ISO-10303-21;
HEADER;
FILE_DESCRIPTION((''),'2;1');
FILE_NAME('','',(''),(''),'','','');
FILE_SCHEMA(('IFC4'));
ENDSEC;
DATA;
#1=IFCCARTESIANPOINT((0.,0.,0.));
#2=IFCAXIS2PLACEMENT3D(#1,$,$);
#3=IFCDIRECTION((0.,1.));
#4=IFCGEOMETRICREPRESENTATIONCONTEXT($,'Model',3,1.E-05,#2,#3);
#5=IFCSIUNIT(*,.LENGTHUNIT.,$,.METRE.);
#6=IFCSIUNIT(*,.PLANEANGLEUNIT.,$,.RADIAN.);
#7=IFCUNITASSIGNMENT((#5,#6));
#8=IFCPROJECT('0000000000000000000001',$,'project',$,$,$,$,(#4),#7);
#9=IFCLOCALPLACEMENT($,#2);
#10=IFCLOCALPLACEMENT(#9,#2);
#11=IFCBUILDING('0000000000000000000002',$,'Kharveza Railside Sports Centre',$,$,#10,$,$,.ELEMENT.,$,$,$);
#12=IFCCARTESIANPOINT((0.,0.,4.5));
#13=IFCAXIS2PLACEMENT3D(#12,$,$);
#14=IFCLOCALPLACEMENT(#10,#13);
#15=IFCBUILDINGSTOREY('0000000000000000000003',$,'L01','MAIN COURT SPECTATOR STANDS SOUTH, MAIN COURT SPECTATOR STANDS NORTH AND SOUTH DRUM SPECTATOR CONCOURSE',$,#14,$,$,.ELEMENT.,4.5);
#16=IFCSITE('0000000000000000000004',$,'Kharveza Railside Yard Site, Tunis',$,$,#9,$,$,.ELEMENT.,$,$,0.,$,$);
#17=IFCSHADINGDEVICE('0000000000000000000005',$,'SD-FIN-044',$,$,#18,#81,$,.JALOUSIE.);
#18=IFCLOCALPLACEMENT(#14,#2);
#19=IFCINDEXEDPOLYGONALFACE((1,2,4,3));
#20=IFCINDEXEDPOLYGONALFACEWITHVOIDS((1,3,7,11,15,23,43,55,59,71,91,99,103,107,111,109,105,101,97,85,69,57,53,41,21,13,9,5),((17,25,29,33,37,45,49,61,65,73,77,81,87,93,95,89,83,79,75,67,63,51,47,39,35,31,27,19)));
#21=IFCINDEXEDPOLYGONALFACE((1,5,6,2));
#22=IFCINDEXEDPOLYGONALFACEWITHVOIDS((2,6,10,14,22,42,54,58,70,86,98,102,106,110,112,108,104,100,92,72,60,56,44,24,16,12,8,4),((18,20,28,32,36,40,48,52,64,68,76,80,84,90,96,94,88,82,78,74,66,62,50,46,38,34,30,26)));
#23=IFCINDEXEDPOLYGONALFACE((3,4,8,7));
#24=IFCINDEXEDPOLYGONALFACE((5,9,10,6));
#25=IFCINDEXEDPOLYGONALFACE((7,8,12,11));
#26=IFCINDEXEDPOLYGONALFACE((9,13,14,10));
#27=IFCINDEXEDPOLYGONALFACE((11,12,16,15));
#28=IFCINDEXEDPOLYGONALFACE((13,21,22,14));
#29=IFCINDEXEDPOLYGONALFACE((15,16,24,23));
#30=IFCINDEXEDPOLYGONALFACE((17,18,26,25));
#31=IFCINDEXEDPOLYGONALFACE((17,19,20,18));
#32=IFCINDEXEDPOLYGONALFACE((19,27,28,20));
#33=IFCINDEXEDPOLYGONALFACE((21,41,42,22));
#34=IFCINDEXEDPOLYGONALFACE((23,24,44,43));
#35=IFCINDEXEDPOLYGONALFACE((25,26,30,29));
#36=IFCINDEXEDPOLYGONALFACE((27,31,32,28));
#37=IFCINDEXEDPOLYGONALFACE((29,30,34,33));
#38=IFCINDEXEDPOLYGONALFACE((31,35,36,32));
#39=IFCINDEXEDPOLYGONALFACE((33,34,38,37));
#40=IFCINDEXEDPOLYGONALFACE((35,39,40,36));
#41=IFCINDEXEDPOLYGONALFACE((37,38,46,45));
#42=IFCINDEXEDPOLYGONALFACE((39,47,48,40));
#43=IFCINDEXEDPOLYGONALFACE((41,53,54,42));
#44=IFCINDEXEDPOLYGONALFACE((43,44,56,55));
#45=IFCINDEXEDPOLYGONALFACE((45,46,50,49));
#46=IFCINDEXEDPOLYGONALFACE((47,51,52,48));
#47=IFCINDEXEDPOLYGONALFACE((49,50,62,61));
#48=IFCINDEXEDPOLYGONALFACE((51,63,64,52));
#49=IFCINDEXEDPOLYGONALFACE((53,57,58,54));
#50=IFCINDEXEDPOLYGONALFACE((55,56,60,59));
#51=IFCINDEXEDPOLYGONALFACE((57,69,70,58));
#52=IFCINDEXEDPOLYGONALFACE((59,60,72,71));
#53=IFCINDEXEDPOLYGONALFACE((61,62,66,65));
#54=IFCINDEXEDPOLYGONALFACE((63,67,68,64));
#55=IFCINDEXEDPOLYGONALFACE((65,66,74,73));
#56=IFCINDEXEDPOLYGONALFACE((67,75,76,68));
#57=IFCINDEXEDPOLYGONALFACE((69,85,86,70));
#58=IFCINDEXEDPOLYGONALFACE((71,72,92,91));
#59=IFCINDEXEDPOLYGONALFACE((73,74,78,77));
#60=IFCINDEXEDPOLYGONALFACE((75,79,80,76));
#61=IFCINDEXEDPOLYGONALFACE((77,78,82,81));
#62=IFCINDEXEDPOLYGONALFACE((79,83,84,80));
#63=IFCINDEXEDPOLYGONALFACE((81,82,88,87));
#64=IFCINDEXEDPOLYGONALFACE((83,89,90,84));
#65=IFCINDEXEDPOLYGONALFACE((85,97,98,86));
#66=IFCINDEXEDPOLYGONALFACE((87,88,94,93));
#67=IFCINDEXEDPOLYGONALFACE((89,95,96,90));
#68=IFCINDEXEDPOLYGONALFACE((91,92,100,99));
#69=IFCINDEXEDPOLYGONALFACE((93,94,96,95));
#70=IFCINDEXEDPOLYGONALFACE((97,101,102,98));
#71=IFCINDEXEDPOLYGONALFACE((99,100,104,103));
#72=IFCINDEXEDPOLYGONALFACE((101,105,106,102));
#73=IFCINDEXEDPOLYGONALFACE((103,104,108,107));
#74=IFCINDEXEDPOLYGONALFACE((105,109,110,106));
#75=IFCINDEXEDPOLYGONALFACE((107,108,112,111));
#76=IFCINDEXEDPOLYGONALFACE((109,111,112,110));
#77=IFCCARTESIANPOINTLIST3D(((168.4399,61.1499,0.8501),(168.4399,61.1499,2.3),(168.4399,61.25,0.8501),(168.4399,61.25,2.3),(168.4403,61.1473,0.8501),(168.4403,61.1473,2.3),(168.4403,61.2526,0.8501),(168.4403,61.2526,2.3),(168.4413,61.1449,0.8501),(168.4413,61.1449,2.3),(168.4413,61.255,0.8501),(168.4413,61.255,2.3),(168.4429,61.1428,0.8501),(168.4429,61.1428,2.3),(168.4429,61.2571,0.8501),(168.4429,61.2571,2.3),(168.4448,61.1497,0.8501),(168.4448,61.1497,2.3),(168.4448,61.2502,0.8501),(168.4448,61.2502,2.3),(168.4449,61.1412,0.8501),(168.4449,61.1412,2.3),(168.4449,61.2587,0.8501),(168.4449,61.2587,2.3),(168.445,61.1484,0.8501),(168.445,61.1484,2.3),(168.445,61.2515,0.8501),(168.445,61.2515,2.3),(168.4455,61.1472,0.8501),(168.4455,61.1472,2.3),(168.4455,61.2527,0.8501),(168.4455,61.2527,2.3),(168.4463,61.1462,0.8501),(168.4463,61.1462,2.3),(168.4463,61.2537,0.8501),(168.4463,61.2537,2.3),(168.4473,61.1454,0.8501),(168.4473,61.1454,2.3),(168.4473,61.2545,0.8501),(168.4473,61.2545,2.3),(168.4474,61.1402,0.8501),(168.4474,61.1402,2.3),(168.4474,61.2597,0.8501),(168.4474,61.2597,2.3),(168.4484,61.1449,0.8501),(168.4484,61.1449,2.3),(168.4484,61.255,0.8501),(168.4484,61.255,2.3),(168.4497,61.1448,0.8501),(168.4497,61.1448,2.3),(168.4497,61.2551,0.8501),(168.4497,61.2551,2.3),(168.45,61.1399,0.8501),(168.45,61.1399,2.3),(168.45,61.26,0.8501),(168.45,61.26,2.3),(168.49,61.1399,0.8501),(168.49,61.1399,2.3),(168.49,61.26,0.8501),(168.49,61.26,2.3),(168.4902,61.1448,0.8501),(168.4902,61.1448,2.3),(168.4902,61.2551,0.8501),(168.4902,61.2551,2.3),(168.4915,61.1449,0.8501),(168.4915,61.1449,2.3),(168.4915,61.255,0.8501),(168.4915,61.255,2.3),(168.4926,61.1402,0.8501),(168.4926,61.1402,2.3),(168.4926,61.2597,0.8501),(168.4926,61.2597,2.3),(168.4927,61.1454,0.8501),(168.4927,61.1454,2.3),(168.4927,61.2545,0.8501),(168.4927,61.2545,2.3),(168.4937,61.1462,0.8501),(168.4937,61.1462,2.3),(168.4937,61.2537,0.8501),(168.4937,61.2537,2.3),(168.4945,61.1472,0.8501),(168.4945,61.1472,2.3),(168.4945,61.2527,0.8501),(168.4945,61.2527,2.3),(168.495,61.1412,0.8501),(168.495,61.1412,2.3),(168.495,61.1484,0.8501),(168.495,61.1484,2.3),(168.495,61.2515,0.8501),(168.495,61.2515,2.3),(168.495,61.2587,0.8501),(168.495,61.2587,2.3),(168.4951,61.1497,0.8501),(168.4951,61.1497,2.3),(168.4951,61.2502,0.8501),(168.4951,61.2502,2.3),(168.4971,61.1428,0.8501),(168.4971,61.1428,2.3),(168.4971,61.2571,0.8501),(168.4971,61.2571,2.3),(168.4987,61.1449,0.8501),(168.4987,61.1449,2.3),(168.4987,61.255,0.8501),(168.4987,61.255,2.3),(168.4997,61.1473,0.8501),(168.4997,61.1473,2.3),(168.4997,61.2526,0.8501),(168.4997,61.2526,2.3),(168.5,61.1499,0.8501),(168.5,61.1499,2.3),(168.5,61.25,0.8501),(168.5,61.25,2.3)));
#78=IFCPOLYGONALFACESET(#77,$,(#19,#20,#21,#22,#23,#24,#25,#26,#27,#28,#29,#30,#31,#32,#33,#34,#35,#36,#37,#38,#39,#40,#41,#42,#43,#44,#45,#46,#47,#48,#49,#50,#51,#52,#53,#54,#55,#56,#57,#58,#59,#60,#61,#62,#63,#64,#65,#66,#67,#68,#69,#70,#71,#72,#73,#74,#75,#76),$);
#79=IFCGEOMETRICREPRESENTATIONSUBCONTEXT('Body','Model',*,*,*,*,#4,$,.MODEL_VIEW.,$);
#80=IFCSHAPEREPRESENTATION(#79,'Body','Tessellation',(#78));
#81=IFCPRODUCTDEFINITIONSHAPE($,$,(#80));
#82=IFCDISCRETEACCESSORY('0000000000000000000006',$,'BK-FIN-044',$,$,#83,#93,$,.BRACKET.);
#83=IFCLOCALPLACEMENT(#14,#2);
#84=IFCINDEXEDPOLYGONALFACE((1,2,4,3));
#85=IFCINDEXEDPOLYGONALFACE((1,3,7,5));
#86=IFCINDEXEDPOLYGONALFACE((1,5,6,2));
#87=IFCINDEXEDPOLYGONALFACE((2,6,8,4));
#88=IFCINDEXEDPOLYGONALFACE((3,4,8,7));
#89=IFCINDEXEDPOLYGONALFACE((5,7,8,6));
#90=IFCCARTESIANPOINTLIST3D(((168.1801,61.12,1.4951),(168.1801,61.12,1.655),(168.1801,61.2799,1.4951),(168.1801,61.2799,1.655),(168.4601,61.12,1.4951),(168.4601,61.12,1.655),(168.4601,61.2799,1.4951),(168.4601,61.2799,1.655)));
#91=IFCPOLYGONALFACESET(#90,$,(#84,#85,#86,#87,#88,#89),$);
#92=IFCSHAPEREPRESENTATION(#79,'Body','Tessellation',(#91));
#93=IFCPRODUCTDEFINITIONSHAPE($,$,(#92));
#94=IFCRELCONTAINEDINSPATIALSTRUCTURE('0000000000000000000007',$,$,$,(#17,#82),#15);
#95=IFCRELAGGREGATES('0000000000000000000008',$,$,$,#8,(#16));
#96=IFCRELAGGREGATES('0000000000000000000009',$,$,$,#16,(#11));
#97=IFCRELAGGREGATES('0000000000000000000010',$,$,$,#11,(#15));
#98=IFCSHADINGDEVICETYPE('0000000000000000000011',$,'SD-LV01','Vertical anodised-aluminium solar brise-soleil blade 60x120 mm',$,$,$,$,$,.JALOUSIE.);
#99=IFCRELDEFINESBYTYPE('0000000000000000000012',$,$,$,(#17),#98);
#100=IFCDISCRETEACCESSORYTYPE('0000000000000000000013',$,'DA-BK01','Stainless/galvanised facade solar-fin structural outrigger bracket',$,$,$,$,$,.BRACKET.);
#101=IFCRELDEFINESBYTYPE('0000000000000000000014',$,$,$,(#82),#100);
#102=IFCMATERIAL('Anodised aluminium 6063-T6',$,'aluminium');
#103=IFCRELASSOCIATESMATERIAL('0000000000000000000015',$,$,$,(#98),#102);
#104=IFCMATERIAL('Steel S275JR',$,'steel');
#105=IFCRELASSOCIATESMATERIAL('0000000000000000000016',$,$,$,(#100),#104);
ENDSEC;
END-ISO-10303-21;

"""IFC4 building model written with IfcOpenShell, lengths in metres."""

from ifc_helpers import new_model, si_unit, direction, frame, origin, origin_2d, place, context, subcontext, project, spatial, rectangle, hollow_rectangle, extrude, material, material_profile, profile_set, type_object, element, save


model = new_model("IFC4")

# Units and contexts
model_context = context("Model", 3, precision=1e-05, world=origin(), true_north=direction((0.0, 1.0)))
body_context = subcontext(model_context, "Body", "Model", "MODEL_VIEW")
ifc_project = project(units=[si_unit("LENGTHUNIT", "METRE"), si_unit("PLANEANGLEUNIT", "RADIAN")], contexts=[model_context])

# Site, building, storey
site_placement = place(None, origin())
site = spatial("IfcSite", under=ifc_project, at=site_placement, Name="Kharveza Railside Yard Site, Tunis", CompositionType="ELEMENT", RefElevation=0.0)
building_placement = place(site_placement, origin())
building = spatial("IfcBuilding", under=site, at=building_placement, Name="Kharveza Railside Sports Centre", CompositionType="ELEMENT")
storey_placement = place(building_placement, frame((0.0, 0.0, 4.5)))
storey = spatial("IfcBuildingStorey", under=building, at=storey_placement, Name="L01", Description="MAIN COURT SPECTATOR STANDS SOUTH, MAIN COURT SPECTATOR STANDS NORTH AND SOUTH DRUM SPECTATOR CONCOURSE", CompositionType="ELEMENT", Elevation=4.5)

# Shading device
ifc_material_1 = material(Name="Anodised aluminium 6063-T6", Category="aluminium")
ifc_material_profile_1 = material_profile(ifc_material_1, hollow_rectangle(XDim=0.0601, YDim=0.1201, WallThickness=0.0049, InnerFilletRadius=0.0049, OuterFilletRadius=0.01, at=origin_2d()), Name="RHS 60x120x5.0")
ifc_profile_set_1 = profile_set([ifc_material_profile_1], Name="Anodised aluminium 6063-T6")
shading_device_type = type_object("IfcShadingDeviceType", Name="SD-LV01", Description="Vertical anodised-aluminium solar brise-soleil blade 60x120 mm", PredefinedType="JALOUSIE", material=ifc_profile_set_1)
shading_device_placement = place(storey_placement, frame((168.47, 61.2, 0.8501), z_axis=(0.0, 0.0, 1.0), x_axis=(1.0, 0.0, 0.0)))
element("IfcShadingDevice", 1, at=shading_device_placement, inside=storey, type_object=shading_device_type, Name="SD-FIN-044", PredefinedType="JALOUSIE", context=body_context, shape_type="SweptSolid", body=[
    extrude(hollow_rectangle(XDim=0.0601, YDim=0.1201, WallThickness=0.0049, InnerFilletRadius=0.0049, OuterFilletRadius=0.01, at=origin_2d()), origin(), (0.0, 0.0, 1.0), 1.45),
])

# Discrete accessory
ifc_material_2 = material(Name="Steel S275JR", Category="steel")
discrete_accessory_type = type_object("IfcDiscreteAccessoryType", Name="DA-BK01", Description="Stainless/galvanised facade solar-fin structural outrigger bracket", PredefinedType="BRACKET", material=ifc_material_2)
discrete_accessory_placement = place(storey_placement, frame((168.3201, 61.2, 1.4951), z_axis=(0.0, 0.0, 1.0), x_axis=(1.0, 0.0, 0.0)))
element("IfcDiscreteAccessory", 2, at=discrete_accessory_placement, inside=storey, type_object=discrete_accessory_type, Name="BK-FIN-044", PredefinedType="BRACKET", context=body_context, shape_type="SweptSolid", body=[
    extrude(rectangle(XDim=0.28, YDim=0.1599, at=origin_2d()), origin(), (0.0, 0.0, 1.0), 0.1599),
])

save(model, "model.ifc")
